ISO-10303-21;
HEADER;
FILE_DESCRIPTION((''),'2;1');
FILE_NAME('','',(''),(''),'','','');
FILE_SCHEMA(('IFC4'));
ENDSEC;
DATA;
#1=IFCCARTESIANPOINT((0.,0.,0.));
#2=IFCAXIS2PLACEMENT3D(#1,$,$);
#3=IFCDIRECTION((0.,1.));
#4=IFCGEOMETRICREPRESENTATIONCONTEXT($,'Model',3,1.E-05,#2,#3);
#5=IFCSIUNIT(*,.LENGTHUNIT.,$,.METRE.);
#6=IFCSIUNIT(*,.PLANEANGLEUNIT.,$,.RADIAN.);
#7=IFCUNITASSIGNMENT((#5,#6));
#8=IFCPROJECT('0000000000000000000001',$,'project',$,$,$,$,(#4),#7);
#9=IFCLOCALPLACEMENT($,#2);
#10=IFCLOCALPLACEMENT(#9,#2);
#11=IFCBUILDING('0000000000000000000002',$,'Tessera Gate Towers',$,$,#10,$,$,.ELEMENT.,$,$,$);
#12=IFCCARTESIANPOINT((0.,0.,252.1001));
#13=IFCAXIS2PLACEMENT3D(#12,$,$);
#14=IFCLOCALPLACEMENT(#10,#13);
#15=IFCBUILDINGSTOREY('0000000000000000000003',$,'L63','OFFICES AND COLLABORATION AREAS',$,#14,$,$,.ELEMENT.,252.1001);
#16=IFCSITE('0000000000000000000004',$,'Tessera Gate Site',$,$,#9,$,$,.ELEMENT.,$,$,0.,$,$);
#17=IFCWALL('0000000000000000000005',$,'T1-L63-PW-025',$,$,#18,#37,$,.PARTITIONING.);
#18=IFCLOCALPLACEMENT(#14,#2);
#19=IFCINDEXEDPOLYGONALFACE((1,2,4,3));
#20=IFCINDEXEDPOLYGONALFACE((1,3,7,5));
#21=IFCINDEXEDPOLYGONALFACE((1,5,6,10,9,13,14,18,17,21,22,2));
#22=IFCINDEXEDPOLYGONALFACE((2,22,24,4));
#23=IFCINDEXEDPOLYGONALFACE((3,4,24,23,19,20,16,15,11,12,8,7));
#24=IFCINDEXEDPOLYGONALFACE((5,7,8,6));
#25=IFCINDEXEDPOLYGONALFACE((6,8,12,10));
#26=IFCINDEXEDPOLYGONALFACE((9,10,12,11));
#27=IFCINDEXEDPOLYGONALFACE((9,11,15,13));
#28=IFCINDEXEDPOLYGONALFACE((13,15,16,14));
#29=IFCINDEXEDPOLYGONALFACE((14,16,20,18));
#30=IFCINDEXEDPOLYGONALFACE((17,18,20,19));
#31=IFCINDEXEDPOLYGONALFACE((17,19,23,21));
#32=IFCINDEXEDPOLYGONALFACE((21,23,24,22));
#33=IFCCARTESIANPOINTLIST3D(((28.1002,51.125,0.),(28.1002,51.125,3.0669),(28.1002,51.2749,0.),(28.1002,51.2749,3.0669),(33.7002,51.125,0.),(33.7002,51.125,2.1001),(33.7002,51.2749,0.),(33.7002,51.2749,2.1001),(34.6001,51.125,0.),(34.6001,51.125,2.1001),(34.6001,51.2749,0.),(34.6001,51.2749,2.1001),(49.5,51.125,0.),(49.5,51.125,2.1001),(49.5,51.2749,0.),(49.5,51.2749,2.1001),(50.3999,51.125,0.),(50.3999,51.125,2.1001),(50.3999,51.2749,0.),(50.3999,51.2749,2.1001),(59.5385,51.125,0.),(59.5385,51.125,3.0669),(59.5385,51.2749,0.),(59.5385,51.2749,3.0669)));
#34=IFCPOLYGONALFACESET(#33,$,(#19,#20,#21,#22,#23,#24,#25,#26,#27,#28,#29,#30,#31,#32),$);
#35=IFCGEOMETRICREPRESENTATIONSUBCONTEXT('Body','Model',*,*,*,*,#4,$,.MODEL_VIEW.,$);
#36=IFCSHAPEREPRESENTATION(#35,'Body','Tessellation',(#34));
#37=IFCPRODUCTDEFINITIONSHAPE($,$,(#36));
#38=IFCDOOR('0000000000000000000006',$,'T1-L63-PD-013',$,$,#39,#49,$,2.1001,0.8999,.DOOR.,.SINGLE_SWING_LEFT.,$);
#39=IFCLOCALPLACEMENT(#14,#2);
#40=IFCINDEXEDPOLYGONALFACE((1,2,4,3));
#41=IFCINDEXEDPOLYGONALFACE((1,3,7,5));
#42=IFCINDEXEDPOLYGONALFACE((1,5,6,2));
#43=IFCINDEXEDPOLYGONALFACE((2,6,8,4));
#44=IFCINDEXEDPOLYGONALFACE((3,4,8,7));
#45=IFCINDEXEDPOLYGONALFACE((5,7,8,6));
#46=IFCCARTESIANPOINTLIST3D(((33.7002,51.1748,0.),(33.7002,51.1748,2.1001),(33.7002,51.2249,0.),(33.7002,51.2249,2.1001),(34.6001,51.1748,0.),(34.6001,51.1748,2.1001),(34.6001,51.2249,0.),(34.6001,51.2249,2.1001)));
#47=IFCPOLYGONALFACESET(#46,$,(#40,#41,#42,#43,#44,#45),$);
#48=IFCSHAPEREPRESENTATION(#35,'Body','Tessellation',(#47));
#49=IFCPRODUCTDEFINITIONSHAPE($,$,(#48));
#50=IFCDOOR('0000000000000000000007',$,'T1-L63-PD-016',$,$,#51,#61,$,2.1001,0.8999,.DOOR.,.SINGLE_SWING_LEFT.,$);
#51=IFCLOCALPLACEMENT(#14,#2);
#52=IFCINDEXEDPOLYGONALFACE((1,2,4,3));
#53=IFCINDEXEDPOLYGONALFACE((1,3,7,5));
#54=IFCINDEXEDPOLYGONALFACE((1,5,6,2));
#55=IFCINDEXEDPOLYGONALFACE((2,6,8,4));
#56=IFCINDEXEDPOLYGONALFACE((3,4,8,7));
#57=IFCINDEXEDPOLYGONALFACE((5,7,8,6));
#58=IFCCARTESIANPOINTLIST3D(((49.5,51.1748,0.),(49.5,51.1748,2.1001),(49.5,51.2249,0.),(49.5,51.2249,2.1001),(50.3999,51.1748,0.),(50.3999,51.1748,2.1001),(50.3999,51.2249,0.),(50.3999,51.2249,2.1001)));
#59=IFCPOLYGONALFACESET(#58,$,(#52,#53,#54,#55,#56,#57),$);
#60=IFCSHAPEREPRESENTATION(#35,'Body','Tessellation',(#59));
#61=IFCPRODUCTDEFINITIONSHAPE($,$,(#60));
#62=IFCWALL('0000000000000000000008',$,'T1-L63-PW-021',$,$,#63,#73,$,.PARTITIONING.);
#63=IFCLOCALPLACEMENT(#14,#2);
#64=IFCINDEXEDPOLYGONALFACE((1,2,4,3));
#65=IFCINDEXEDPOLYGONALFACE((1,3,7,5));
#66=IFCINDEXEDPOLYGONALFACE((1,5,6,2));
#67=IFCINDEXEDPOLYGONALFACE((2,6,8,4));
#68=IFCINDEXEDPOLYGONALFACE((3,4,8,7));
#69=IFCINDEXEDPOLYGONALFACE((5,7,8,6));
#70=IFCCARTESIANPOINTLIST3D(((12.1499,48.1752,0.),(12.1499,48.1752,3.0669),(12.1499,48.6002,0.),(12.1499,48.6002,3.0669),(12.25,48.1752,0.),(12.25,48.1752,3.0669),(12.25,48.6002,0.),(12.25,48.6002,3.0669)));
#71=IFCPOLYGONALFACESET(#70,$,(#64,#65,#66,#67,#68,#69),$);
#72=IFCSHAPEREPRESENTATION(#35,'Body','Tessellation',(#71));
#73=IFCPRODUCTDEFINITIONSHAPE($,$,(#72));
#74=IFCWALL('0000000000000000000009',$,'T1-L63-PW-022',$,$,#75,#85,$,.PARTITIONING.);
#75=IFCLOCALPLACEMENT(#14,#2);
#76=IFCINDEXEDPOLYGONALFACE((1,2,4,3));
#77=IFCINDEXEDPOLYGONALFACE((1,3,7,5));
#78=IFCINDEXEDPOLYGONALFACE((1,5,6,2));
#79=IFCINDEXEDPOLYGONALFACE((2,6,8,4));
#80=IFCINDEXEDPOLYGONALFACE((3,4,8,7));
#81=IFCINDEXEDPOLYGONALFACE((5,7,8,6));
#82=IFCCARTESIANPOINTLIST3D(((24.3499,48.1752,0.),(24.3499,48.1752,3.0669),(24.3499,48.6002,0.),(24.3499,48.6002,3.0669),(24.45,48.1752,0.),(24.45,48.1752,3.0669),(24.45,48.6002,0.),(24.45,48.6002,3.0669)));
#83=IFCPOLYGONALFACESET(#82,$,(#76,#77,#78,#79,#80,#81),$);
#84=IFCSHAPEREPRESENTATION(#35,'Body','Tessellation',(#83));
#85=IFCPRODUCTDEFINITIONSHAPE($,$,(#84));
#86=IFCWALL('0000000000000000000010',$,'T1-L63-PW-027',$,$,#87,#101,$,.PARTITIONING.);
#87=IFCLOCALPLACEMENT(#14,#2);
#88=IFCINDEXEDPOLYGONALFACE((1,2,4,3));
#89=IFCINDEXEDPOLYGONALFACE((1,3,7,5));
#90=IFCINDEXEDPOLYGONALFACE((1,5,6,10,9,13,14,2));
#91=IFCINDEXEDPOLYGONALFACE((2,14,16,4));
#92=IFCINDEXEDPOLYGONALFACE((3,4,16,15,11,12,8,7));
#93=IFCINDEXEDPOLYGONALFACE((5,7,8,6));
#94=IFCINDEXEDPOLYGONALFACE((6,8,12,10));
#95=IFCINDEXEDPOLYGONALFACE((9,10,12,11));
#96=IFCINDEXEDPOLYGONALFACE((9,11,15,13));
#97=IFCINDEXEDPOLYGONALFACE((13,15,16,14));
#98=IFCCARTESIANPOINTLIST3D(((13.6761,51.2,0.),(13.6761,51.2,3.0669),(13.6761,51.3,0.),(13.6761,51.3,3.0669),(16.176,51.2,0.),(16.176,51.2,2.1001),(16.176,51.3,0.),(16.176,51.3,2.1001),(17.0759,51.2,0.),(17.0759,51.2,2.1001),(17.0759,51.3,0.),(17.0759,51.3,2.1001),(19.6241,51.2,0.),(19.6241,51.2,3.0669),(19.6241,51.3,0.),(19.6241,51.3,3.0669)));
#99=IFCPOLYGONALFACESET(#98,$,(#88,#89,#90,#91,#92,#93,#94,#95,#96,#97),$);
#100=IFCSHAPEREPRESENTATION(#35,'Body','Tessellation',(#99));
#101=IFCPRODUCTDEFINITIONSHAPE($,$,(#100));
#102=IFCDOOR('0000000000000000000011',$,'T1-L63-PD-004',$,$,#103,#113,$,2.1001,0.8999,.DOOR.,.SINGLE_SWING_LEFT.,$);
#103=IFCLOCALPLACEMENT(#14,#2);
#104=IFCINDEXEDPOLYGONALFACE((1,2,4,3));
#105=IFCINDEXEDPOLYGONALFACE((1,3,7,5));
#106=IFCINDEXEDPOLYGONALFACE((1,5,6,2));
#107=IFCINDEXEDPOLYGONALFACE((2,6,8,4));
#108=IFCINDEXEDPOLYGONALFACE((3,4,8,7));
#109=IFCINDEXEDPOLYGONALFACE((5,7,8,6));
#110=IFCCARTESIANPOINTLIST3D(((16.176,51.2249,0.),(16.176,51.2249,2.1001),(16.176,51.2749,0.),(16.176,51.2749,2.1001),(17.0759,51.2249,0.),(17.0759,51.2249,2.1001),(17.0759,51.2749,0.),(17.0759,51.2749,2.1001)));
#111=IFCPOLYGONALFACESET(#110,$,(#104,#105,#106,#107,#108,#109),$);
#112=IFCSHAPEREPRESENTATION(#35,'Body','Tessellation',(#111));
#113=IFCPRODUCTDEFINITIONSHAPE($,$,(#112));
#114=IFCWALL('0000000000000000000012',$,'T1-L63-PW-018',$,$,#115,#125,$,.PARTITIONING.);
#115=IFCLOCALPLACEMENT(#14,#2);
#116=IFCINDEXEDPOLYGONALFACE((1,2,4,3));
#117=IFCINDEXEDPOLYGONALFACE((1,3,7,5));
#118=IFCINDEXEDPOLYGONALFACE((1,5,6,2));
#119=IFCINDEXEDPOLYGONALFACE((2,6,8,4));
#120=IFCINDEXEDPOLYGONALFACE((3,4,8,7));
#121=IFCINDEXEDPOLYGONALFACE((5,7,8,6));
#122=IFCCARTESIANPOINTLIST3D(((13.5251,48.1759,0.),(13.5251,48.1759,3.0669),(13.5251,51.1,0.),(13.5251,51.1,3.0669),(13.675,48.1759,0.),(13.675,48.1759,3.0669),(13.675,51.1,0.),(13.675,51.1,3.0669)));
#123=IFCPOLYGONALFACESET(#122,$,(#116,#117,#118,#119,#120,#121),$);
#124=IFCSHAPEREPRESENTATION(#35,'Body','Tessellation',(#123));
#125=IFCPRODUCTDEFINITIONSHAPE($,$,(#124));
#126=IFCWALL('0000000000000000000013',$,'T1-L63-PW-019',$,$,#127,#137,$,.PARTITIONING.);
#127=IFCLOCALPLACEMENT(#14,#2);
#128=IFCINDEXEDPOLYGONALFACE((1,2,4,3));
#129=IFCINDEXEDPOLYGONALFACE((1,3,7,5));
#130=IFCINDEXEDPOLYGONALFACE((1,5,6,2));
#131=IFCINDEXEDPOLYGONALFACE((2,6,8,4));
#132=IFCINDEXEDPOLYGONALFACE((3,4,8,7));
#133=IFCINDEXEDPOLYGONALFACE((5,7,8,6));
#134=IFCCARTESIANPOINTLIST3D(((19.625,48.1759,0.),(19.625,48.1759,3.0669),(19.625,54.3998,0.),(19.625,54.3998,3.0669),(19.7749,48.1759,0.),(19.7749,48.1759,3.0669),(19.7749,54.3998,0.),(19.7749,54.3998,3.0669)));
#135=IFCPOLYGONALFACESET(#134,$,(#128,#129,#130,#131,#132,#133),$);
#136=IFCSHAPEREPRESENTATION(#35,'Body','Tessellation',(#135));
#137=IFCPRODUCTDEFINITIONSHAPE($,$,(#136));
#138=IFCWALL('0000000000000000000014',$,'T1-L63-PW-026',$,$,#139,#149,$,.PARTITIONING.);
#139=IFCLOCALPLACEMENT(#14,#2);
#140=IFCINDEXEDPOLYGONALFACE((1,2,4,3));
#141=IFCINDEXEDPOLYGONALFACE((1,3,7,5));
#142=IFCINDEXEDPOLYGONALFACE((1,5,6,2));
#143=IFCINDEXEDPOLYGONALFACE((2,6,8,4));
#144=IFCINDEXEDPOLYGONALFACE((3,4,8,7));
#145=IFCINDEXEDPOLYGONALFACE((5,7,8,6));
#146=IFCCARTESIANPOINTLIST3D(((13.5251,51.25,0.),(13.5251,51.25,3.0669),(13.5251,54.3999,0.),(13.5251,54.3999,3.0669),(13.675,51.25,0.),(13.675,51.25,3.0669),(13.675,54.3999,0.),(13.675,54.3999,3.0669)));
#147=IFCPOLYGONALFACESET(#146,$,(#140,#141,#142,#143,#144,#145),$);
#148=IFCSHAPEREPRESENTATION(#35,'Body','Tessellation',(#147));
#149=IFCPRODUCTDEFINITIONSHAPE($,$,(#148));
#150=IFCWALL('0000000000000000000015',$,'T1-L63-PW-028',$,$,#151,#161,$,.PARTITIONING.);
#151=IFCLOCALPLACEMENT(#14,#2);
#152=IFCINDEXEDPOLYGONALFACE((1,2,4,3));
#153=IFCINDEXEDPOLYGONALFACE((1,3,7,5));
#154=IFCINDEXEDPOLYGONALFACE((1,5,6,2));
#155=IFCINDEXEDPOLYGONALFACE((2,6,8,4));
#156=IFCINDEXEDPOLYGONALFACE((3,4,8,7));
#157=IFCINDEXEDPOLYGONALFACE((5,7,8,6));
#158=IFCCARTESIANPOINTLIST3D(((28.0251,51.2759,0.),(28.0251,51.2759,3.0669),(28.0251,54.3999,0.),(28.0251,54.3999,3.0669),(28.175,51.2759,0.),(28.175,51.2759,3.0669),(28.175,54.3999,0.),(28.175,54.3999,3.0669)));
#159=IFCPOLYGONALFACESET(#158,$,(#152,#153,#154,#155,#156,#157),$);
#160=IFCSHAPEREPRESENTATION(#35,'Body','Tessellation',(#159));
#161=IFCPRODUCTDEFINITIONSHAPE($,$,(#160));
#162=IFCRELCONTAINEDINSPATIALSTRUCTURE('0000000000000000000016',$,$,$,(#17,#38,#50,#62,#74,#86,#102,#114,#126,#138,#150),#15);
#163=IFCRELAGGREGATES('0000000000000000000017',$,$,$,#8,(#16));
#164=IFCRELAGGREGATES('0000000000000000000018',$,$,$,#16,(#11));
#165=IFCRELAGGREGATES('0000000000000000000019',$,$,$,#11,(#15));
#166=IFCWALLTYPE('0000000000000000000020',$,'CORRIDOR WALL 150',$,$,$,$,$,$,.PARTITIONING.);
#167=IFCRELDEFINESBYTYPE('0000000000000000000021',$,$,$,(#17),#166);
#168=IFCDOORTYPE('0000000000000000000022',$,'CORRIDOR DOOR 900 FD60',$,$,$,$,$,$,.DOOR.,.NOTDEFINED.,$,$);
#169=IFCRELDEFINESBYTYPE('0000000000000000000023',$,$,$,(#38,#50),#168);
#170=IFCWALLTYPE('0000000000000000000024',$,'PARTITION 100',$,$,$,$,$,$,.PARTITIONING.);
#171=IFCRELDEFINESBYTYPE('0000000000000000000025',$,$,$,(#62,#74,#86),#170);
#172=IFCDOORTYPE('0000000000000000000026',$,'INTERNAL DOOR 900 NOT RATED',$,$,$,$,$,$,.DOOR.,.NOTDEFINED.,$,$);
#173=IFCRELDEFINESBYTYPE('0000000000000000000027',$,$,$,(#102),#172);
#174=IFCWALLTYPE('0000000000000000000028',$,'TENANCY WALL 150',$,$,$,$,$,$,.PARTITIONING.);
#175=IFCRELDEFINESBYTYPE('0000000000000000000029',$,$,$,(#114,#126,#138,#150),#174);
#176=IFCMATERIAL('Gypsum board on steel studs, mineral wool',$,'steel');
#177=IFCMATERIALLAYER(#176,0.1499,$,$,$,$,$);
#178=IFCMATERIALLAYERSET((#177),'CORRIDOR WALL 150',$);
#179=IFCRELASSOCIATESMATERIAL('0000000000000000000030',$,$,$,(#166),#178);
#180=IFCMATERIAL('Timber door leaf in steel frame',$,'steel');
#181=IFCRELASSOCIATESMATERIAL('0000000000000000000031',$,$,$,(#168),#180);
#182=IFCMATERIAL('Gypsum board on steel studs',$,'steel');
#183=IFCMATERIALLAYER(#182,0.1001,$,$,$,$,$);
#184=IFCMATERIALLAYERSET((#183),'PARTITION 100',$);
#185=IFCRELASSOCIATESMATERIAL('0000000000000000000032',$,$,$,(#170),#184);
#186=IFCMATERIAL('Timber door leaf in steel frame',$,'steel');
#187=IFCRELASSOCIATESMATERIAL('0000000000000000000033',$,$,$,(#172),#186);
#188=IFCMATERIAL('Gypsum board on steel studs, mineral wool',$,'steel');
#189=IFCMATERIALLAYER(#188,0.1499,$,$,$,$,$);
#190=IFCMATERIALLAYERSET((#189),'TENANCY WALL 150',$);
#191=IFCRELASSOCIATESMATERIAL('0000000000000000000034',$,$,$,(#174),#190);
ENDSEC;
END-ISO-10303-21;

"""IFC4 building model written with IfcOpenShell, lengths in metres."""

from ifc_helpers import new_model, si_unit, direction, frame, frame_2d, origin, place, context, subcontext, project, spatial, rectangle, extrude, source, transform, mapped, material, layer, layer_set, type_object, element, fill, save


model = new_model("IFC4")

# Units and contexts
model_context = context("Model", 3, precision=1e-05, world=origin(), true_north=direction((0.0, 1.0)))
body_context = subcontext(model_context, "Body", "Model", "MODEL_VIEW")
ifc_project = project(units=[si_unit("LENGTHUNIT", "METRE"), si_unit("PLANEANGLEUNIT", "RADIAN")], contexts=[model_context])

# Site, building, storey
site_placement = place(None, origin())
site = spatial("IfcSite", under=ifc_project, at=site_placement, Name="Tessera Gate Site", CompositionType="ELEMENT", RefElevation=0.0)
building_placement = place(site_placement, origin())
building = spatial("IfcBuilding", under=site, at=building_placement, Name="Tessera Gate Towers", CompositionType="ELEMENT")
storey_placement = place(building_placement, frame((0.0, 0.0, 252.1001)))
storey = spatial("IfcBuildingStorey", under=building, at=storey_placement, Name="L63", Description="OFFICES AND COLLABORATION AREAS", CompositionType="ELEMENT", Elevation=252.1001)

# Shared definitions
ifc_material_1 = material(Name="Gypsum board on steel studs, mineral wool", Category="steel")
ifc_layer_1 = layer(ifc_material_1, 0.1499)
ifc_layer_set_1 = layer_set([ifc_layer_1], Name="CORRIDOR WALL 150")
wall_type_1 = type_object("IfcWallType", Name="CORRIDOR WALL 150", PredefinedType="PARTITIONING", material=ifc_layer_set_1)

# Wall, openings, doors
wall_1_placement = place(storey_placement, frame((28.1001, 51.2, 0.0), z_axis=(0.0, 0.0, 1.0), x_axis=(1.0, 0.0, 0.0)))
wall_1 = element("IfcWall", 1, at=wall_1_placement, inside=storey, type_object=wall_type_1, Name="T1-L63-PW-025", PredefinedType="PARTITIONING", context=body_context, shape_type="SweptSolid", body=[
    extrude(rectangle(XDim=31.4382, YDim=0.1499, at=frame_2d((15.7192, 0.0))), origin(), (0.0, 0.0, 1.0), 3.0669),
])
shared_shape_1 = source(origin(), body_context, "Body", "SweptSolid", [
    extrude(rectangle(XDim=0.8999, YDim=2.1001, at=frame_2d((0.45, 1.05))), frame((0.0, 0.085, 0.0), z_axis=(0.0, -1.0, 0.0), x_axis=(1.0, 0.0, 0.0)), (0.0, 0.0, 1.0), 0.1699),
])
opening_1_placement = place(wall_1_placement, frame((5.6001, 0.0, 0.0)))
opening_1 = element("IfcOpeningElement", 2, at=opening_1_placement, cuts=wall_1, PredefinedType="OPENING", context=body_context, shape_type="MappedRepresentation", body=[
    mapped(shared_shape_1, transform((0.0, 0.0, 0.0), scale=1.0)),
])
opening_2_placement = place(wall_1_placement, frame((21.3999, 0.0, 0.0)))
opening_2 = element("IfcOpeningElement", 3, at=opening_2_placement, cuts=wall_1, PredefinedType="OPENING", context=body_context, shape_type="MappedRepresentation", body=[
    mapped(shared_shape_1, transform((0.0, 0.0, 0.0), scale=1.0)),
])
ifc_material_2 = material(Name="Timber door leaf in steel frame", Category="steel")
door_type_1 = type_object("IfcDoorType", Name="CORRIDOR DOOR 900 FD60", OperationType="NOTDEFINED", PredefinedType="DOOR", material=ifc_material_2)
shared_shape_2 = source(origin(), body_context, "Body", "SweptSolid", [
    extrude(rectangle(XDim=0.8999, YDim=2.1001, at=frame_2d((0.45, 1.05))), frame((0.0, 0.0249, 0.0), z_axis=(0.0, -1.0, 0.0), x_axis=(1.0, 0.0, 0.0)), (0.0, 0.0, 1.0), 0.05),
])
door_1_placement = place(opening_1_placement, origin())
door_1 = element("IfcDoor", 4, at=door_1_placement, inside=storey, type_object=door_type_1, Name="T1-L63-PD-013", OperationType="SINGLE_SWING_LEFT", OverallHeight=2.1001, OverallWidth=0.8999, PredefinedType="DOOR", context=body_context, shape_type="MappedRepresentation", body=[
    mapped(shared_shape_2, transform((0.0, 0.0, 0.0), scale=1.0)),
])
fill(opening_1, door_1)
door_2_placement = place(opening_2_placement, origin())
door_2 = element("IfcDoor", 5, at=door_2_placement, inside=storey, type_object=door_type_1, Name="T1-L63-PD-016", OperationType="SINGLE_SWING_LEFT", OverallHeight=2.1001, OverallWidth=0.8999, PredefinedType="DOOR", context=body_context, shape_type="MappedRepresentation", body=[
    mapped(shared_shape_2, transform((0.0, 0.0, 0.0), scale=1.0)),
])
fill(opening_2, door_2)

# Walls
ifc_material_3 = material(Name="Gypsum board on steel studs", Category="steel")
ifc_layer_2 = layer(ifc_material_3, 0.1001)
ifc_layer_set_2 = layer_set([ifc_layer_2], Name="PARTITION 100")
wall_type_2 = type_object("IfcWallType", Name="PARTITION 100", PredefinedType="PARTITIONING", material=ifc_layer_set_2)
for number, where, z_axis, x_axis, name in (
    (6, (12.2, 48.6001, 0.0), (0.0, 0.0, 1.0), (0.0, -1.0, 0.0), "T1-L63-PW-021"),
    (7, (24.3999, 48.6001, 0.0), (0.0, 0.0, 1.0), (0.0, -1.0, 0.0), "T1-L63-PW-022"),
):
    element("IfcWall", number, at=place(storey_placement, frame(where, z_axis=z_axis, x_axis=x_axis)), inside=storey, type_object=wall_type_2, Name=name, PredefinedType="PARTITIONING", context=body_context, shape_type="SweptSolid", body=[
        extrude(rectangle(XDim=0.425, YDim=0.1001, at=frame_2d((0.2124, 0.0))), origin(), (0.0, 0.0, 1.0), 3.0669),
    ])

# Wall, opening, door
wall_2_placement = place(storey_placement, frame((13.676, 51.25, 0.0), z_axis=(0.0, 0.0, 1.0), x_axis=(1.0, 0.0, 0.0)))
wall_2 = element("IfcWall", 8, at=wall_2_placement, inside=storey, type_object=wall_type_2, Name="T1-L63-PW-027", PredefinedType="PARTITIONING", context=body_context, shape_type="SweptSolid", body=[
    extrude(rectangle(XDim=5.948, YDim=0.1001, at=frame_2d((2.9741, 0.0))), origin(), (0.0, 0.0, 1.0), 3.0669),
])
shared_shape_3 = source(origin(), body_context, "Body", "SweptSolid", [
    extrude(rectangle(XDim=0.8999, YDim=2.1001, at=frame_2d((0.45, 1.05))), frame((0.0, 0.0601, 0.0), z_axis=(0.0, -1.0, 0.0), x_axis=(1.0, 0.0, 0.0)), (0.0, 0.0, 1.0), 0.1201),
])
opening_3_placement = place(wall_2_placement, frame((2.5, 0.0, 0.0)))
opening_3 = element("IfcOpeningElement", 9, at=opening_3_placement, cuts=wall_2, PredefinedType="OPENING", context=body_context, shape_type="MappedRepresentation", body=[
    mapped(shared_shape_3, transform((0.0, 0.0, 0.0), scale=1.0)),
])
ifc_material_4 = material(Name="Timber door leaf in steel frame", Category="steel")
door_type_2 = type_object("IfcDoorType", Name="INTERNAL DOOR 900 NOT RATED", OperationType="NOTDEFINED", PredefinedType="DOOR", material=ifc_material_4)
door_3_placement = place(opening_3_placement, origin())
door_3 = element("IfcDoor", 10, at=door_3_placement, inside=storey, type_object=door_type_2, Name="T1-L63-PD-004", OperationType="SINGLE_SWING_LEFT", OverallHeight=2.1001, OverallWidth=0.8999, PredefinedType="DOOR", context=body_context, shape_type="MappedRepresentation", body=[
    mapped(shared_shape_2, transform((0.0, 0.0, 0.0), scale=1.0)),
])
fill(opening_3, door_3)

# Walls
ifc_material_5 = material(Name="Gypsum board on steel studs, mineral wool", Category="steel")
ifc_layer_3 = layer(ifc_material_5, 0.1499)
ifc_layer_set_3 = layer_set([ifc_layer_3], Name="TENANCY WALL 150")
wall_type_3 = type_object("IfcWallType", Name="TENANCY WALL 150", PredefinedType="PARTITIONING", material=ifc_layer_set_3)
wall_3_placement = place(storey_placement, frame((13.6001, 48.176, 0.0), z_axis=(0.0, 0.0, 1.0), x_axis=(0.0, 1.0, 0.0)))
element("IfcWall", 11, at=wall_3_placement, inside=storey, type_object=wall_type_3, Name="T1-L63-PW-018", PredefinedType="PARTITIONING", context=body_context, shape_type="SweptSolid", body=[
    extrude(rectangle(XDim=2.9241, YDim=0.1499, at=frame_2d((1.4619, 0.0))), origin(), (0.0, 0.0, 1.0), 3.0669),
])
wall_4_placement = place(storey_placement, frame((19.7, 48.176, 0.0), z_axis=(0.0, 0.0, 1.0), x_axis=(0.0, 1.0, 0.0)))
element("IfcWall", 12, at=wall_4_placement, inside=storey, type_object=wall_type_3, Name="T1-L63-PW-019", PredefinedType="PARTITIONING", context=body_context, shape_type="SweptSolid", body=[
    extrude(rectangle(XDim=6.2239, YDim=0.1499, at=frame_2d((3.1118, 0.0))), origin(), (0.0, 0.0, 1.0), 3.0669),
])
wall_5_placement = place(storey_placement, frame((13.6001, 51.25, 0.0), z_axis=(0.0, 0.0, 1.0), x_axis=(0.0, 1.0, 0.0)))
element("IfcWall", 13, at=wall_5_placement, inside=storey, type_object=wall_type_3, Name="T1-L63-PW-026", PredefinedType="PARTITIONING", context=body_context, shape_type="SweptSolid", body=[
    extrude(rectangle(XDim=3.1499, YDim=0.1499, at=frame_2d((1.575, 0.0))), origin(), (0.0, 0.0, 1.0), 3.0669),
])
wall_6_placement = place(storey_placement, frame((28.1001, 51.2759, 0.0), z_axis=(0.0, 0.0, 1.0), x_axis=(0.0, 1.0, 0.0)))
element("IfcWall", 14, at=wall_6_placement, inside=storey, type_object=wall_type_3, Name="T1-L63-PW-028", PredefinedType="PARTITIONING", context=body_context, shape_type="SweptSolid", body=[
    extrude(rectangle(XDim=3.124, YDim=0.1499, at=frame_2d((1.562, 0.0))), origin(), (0.0, 0.0, 1.0), 3.0669),
])

save(model, "model.ifc")
